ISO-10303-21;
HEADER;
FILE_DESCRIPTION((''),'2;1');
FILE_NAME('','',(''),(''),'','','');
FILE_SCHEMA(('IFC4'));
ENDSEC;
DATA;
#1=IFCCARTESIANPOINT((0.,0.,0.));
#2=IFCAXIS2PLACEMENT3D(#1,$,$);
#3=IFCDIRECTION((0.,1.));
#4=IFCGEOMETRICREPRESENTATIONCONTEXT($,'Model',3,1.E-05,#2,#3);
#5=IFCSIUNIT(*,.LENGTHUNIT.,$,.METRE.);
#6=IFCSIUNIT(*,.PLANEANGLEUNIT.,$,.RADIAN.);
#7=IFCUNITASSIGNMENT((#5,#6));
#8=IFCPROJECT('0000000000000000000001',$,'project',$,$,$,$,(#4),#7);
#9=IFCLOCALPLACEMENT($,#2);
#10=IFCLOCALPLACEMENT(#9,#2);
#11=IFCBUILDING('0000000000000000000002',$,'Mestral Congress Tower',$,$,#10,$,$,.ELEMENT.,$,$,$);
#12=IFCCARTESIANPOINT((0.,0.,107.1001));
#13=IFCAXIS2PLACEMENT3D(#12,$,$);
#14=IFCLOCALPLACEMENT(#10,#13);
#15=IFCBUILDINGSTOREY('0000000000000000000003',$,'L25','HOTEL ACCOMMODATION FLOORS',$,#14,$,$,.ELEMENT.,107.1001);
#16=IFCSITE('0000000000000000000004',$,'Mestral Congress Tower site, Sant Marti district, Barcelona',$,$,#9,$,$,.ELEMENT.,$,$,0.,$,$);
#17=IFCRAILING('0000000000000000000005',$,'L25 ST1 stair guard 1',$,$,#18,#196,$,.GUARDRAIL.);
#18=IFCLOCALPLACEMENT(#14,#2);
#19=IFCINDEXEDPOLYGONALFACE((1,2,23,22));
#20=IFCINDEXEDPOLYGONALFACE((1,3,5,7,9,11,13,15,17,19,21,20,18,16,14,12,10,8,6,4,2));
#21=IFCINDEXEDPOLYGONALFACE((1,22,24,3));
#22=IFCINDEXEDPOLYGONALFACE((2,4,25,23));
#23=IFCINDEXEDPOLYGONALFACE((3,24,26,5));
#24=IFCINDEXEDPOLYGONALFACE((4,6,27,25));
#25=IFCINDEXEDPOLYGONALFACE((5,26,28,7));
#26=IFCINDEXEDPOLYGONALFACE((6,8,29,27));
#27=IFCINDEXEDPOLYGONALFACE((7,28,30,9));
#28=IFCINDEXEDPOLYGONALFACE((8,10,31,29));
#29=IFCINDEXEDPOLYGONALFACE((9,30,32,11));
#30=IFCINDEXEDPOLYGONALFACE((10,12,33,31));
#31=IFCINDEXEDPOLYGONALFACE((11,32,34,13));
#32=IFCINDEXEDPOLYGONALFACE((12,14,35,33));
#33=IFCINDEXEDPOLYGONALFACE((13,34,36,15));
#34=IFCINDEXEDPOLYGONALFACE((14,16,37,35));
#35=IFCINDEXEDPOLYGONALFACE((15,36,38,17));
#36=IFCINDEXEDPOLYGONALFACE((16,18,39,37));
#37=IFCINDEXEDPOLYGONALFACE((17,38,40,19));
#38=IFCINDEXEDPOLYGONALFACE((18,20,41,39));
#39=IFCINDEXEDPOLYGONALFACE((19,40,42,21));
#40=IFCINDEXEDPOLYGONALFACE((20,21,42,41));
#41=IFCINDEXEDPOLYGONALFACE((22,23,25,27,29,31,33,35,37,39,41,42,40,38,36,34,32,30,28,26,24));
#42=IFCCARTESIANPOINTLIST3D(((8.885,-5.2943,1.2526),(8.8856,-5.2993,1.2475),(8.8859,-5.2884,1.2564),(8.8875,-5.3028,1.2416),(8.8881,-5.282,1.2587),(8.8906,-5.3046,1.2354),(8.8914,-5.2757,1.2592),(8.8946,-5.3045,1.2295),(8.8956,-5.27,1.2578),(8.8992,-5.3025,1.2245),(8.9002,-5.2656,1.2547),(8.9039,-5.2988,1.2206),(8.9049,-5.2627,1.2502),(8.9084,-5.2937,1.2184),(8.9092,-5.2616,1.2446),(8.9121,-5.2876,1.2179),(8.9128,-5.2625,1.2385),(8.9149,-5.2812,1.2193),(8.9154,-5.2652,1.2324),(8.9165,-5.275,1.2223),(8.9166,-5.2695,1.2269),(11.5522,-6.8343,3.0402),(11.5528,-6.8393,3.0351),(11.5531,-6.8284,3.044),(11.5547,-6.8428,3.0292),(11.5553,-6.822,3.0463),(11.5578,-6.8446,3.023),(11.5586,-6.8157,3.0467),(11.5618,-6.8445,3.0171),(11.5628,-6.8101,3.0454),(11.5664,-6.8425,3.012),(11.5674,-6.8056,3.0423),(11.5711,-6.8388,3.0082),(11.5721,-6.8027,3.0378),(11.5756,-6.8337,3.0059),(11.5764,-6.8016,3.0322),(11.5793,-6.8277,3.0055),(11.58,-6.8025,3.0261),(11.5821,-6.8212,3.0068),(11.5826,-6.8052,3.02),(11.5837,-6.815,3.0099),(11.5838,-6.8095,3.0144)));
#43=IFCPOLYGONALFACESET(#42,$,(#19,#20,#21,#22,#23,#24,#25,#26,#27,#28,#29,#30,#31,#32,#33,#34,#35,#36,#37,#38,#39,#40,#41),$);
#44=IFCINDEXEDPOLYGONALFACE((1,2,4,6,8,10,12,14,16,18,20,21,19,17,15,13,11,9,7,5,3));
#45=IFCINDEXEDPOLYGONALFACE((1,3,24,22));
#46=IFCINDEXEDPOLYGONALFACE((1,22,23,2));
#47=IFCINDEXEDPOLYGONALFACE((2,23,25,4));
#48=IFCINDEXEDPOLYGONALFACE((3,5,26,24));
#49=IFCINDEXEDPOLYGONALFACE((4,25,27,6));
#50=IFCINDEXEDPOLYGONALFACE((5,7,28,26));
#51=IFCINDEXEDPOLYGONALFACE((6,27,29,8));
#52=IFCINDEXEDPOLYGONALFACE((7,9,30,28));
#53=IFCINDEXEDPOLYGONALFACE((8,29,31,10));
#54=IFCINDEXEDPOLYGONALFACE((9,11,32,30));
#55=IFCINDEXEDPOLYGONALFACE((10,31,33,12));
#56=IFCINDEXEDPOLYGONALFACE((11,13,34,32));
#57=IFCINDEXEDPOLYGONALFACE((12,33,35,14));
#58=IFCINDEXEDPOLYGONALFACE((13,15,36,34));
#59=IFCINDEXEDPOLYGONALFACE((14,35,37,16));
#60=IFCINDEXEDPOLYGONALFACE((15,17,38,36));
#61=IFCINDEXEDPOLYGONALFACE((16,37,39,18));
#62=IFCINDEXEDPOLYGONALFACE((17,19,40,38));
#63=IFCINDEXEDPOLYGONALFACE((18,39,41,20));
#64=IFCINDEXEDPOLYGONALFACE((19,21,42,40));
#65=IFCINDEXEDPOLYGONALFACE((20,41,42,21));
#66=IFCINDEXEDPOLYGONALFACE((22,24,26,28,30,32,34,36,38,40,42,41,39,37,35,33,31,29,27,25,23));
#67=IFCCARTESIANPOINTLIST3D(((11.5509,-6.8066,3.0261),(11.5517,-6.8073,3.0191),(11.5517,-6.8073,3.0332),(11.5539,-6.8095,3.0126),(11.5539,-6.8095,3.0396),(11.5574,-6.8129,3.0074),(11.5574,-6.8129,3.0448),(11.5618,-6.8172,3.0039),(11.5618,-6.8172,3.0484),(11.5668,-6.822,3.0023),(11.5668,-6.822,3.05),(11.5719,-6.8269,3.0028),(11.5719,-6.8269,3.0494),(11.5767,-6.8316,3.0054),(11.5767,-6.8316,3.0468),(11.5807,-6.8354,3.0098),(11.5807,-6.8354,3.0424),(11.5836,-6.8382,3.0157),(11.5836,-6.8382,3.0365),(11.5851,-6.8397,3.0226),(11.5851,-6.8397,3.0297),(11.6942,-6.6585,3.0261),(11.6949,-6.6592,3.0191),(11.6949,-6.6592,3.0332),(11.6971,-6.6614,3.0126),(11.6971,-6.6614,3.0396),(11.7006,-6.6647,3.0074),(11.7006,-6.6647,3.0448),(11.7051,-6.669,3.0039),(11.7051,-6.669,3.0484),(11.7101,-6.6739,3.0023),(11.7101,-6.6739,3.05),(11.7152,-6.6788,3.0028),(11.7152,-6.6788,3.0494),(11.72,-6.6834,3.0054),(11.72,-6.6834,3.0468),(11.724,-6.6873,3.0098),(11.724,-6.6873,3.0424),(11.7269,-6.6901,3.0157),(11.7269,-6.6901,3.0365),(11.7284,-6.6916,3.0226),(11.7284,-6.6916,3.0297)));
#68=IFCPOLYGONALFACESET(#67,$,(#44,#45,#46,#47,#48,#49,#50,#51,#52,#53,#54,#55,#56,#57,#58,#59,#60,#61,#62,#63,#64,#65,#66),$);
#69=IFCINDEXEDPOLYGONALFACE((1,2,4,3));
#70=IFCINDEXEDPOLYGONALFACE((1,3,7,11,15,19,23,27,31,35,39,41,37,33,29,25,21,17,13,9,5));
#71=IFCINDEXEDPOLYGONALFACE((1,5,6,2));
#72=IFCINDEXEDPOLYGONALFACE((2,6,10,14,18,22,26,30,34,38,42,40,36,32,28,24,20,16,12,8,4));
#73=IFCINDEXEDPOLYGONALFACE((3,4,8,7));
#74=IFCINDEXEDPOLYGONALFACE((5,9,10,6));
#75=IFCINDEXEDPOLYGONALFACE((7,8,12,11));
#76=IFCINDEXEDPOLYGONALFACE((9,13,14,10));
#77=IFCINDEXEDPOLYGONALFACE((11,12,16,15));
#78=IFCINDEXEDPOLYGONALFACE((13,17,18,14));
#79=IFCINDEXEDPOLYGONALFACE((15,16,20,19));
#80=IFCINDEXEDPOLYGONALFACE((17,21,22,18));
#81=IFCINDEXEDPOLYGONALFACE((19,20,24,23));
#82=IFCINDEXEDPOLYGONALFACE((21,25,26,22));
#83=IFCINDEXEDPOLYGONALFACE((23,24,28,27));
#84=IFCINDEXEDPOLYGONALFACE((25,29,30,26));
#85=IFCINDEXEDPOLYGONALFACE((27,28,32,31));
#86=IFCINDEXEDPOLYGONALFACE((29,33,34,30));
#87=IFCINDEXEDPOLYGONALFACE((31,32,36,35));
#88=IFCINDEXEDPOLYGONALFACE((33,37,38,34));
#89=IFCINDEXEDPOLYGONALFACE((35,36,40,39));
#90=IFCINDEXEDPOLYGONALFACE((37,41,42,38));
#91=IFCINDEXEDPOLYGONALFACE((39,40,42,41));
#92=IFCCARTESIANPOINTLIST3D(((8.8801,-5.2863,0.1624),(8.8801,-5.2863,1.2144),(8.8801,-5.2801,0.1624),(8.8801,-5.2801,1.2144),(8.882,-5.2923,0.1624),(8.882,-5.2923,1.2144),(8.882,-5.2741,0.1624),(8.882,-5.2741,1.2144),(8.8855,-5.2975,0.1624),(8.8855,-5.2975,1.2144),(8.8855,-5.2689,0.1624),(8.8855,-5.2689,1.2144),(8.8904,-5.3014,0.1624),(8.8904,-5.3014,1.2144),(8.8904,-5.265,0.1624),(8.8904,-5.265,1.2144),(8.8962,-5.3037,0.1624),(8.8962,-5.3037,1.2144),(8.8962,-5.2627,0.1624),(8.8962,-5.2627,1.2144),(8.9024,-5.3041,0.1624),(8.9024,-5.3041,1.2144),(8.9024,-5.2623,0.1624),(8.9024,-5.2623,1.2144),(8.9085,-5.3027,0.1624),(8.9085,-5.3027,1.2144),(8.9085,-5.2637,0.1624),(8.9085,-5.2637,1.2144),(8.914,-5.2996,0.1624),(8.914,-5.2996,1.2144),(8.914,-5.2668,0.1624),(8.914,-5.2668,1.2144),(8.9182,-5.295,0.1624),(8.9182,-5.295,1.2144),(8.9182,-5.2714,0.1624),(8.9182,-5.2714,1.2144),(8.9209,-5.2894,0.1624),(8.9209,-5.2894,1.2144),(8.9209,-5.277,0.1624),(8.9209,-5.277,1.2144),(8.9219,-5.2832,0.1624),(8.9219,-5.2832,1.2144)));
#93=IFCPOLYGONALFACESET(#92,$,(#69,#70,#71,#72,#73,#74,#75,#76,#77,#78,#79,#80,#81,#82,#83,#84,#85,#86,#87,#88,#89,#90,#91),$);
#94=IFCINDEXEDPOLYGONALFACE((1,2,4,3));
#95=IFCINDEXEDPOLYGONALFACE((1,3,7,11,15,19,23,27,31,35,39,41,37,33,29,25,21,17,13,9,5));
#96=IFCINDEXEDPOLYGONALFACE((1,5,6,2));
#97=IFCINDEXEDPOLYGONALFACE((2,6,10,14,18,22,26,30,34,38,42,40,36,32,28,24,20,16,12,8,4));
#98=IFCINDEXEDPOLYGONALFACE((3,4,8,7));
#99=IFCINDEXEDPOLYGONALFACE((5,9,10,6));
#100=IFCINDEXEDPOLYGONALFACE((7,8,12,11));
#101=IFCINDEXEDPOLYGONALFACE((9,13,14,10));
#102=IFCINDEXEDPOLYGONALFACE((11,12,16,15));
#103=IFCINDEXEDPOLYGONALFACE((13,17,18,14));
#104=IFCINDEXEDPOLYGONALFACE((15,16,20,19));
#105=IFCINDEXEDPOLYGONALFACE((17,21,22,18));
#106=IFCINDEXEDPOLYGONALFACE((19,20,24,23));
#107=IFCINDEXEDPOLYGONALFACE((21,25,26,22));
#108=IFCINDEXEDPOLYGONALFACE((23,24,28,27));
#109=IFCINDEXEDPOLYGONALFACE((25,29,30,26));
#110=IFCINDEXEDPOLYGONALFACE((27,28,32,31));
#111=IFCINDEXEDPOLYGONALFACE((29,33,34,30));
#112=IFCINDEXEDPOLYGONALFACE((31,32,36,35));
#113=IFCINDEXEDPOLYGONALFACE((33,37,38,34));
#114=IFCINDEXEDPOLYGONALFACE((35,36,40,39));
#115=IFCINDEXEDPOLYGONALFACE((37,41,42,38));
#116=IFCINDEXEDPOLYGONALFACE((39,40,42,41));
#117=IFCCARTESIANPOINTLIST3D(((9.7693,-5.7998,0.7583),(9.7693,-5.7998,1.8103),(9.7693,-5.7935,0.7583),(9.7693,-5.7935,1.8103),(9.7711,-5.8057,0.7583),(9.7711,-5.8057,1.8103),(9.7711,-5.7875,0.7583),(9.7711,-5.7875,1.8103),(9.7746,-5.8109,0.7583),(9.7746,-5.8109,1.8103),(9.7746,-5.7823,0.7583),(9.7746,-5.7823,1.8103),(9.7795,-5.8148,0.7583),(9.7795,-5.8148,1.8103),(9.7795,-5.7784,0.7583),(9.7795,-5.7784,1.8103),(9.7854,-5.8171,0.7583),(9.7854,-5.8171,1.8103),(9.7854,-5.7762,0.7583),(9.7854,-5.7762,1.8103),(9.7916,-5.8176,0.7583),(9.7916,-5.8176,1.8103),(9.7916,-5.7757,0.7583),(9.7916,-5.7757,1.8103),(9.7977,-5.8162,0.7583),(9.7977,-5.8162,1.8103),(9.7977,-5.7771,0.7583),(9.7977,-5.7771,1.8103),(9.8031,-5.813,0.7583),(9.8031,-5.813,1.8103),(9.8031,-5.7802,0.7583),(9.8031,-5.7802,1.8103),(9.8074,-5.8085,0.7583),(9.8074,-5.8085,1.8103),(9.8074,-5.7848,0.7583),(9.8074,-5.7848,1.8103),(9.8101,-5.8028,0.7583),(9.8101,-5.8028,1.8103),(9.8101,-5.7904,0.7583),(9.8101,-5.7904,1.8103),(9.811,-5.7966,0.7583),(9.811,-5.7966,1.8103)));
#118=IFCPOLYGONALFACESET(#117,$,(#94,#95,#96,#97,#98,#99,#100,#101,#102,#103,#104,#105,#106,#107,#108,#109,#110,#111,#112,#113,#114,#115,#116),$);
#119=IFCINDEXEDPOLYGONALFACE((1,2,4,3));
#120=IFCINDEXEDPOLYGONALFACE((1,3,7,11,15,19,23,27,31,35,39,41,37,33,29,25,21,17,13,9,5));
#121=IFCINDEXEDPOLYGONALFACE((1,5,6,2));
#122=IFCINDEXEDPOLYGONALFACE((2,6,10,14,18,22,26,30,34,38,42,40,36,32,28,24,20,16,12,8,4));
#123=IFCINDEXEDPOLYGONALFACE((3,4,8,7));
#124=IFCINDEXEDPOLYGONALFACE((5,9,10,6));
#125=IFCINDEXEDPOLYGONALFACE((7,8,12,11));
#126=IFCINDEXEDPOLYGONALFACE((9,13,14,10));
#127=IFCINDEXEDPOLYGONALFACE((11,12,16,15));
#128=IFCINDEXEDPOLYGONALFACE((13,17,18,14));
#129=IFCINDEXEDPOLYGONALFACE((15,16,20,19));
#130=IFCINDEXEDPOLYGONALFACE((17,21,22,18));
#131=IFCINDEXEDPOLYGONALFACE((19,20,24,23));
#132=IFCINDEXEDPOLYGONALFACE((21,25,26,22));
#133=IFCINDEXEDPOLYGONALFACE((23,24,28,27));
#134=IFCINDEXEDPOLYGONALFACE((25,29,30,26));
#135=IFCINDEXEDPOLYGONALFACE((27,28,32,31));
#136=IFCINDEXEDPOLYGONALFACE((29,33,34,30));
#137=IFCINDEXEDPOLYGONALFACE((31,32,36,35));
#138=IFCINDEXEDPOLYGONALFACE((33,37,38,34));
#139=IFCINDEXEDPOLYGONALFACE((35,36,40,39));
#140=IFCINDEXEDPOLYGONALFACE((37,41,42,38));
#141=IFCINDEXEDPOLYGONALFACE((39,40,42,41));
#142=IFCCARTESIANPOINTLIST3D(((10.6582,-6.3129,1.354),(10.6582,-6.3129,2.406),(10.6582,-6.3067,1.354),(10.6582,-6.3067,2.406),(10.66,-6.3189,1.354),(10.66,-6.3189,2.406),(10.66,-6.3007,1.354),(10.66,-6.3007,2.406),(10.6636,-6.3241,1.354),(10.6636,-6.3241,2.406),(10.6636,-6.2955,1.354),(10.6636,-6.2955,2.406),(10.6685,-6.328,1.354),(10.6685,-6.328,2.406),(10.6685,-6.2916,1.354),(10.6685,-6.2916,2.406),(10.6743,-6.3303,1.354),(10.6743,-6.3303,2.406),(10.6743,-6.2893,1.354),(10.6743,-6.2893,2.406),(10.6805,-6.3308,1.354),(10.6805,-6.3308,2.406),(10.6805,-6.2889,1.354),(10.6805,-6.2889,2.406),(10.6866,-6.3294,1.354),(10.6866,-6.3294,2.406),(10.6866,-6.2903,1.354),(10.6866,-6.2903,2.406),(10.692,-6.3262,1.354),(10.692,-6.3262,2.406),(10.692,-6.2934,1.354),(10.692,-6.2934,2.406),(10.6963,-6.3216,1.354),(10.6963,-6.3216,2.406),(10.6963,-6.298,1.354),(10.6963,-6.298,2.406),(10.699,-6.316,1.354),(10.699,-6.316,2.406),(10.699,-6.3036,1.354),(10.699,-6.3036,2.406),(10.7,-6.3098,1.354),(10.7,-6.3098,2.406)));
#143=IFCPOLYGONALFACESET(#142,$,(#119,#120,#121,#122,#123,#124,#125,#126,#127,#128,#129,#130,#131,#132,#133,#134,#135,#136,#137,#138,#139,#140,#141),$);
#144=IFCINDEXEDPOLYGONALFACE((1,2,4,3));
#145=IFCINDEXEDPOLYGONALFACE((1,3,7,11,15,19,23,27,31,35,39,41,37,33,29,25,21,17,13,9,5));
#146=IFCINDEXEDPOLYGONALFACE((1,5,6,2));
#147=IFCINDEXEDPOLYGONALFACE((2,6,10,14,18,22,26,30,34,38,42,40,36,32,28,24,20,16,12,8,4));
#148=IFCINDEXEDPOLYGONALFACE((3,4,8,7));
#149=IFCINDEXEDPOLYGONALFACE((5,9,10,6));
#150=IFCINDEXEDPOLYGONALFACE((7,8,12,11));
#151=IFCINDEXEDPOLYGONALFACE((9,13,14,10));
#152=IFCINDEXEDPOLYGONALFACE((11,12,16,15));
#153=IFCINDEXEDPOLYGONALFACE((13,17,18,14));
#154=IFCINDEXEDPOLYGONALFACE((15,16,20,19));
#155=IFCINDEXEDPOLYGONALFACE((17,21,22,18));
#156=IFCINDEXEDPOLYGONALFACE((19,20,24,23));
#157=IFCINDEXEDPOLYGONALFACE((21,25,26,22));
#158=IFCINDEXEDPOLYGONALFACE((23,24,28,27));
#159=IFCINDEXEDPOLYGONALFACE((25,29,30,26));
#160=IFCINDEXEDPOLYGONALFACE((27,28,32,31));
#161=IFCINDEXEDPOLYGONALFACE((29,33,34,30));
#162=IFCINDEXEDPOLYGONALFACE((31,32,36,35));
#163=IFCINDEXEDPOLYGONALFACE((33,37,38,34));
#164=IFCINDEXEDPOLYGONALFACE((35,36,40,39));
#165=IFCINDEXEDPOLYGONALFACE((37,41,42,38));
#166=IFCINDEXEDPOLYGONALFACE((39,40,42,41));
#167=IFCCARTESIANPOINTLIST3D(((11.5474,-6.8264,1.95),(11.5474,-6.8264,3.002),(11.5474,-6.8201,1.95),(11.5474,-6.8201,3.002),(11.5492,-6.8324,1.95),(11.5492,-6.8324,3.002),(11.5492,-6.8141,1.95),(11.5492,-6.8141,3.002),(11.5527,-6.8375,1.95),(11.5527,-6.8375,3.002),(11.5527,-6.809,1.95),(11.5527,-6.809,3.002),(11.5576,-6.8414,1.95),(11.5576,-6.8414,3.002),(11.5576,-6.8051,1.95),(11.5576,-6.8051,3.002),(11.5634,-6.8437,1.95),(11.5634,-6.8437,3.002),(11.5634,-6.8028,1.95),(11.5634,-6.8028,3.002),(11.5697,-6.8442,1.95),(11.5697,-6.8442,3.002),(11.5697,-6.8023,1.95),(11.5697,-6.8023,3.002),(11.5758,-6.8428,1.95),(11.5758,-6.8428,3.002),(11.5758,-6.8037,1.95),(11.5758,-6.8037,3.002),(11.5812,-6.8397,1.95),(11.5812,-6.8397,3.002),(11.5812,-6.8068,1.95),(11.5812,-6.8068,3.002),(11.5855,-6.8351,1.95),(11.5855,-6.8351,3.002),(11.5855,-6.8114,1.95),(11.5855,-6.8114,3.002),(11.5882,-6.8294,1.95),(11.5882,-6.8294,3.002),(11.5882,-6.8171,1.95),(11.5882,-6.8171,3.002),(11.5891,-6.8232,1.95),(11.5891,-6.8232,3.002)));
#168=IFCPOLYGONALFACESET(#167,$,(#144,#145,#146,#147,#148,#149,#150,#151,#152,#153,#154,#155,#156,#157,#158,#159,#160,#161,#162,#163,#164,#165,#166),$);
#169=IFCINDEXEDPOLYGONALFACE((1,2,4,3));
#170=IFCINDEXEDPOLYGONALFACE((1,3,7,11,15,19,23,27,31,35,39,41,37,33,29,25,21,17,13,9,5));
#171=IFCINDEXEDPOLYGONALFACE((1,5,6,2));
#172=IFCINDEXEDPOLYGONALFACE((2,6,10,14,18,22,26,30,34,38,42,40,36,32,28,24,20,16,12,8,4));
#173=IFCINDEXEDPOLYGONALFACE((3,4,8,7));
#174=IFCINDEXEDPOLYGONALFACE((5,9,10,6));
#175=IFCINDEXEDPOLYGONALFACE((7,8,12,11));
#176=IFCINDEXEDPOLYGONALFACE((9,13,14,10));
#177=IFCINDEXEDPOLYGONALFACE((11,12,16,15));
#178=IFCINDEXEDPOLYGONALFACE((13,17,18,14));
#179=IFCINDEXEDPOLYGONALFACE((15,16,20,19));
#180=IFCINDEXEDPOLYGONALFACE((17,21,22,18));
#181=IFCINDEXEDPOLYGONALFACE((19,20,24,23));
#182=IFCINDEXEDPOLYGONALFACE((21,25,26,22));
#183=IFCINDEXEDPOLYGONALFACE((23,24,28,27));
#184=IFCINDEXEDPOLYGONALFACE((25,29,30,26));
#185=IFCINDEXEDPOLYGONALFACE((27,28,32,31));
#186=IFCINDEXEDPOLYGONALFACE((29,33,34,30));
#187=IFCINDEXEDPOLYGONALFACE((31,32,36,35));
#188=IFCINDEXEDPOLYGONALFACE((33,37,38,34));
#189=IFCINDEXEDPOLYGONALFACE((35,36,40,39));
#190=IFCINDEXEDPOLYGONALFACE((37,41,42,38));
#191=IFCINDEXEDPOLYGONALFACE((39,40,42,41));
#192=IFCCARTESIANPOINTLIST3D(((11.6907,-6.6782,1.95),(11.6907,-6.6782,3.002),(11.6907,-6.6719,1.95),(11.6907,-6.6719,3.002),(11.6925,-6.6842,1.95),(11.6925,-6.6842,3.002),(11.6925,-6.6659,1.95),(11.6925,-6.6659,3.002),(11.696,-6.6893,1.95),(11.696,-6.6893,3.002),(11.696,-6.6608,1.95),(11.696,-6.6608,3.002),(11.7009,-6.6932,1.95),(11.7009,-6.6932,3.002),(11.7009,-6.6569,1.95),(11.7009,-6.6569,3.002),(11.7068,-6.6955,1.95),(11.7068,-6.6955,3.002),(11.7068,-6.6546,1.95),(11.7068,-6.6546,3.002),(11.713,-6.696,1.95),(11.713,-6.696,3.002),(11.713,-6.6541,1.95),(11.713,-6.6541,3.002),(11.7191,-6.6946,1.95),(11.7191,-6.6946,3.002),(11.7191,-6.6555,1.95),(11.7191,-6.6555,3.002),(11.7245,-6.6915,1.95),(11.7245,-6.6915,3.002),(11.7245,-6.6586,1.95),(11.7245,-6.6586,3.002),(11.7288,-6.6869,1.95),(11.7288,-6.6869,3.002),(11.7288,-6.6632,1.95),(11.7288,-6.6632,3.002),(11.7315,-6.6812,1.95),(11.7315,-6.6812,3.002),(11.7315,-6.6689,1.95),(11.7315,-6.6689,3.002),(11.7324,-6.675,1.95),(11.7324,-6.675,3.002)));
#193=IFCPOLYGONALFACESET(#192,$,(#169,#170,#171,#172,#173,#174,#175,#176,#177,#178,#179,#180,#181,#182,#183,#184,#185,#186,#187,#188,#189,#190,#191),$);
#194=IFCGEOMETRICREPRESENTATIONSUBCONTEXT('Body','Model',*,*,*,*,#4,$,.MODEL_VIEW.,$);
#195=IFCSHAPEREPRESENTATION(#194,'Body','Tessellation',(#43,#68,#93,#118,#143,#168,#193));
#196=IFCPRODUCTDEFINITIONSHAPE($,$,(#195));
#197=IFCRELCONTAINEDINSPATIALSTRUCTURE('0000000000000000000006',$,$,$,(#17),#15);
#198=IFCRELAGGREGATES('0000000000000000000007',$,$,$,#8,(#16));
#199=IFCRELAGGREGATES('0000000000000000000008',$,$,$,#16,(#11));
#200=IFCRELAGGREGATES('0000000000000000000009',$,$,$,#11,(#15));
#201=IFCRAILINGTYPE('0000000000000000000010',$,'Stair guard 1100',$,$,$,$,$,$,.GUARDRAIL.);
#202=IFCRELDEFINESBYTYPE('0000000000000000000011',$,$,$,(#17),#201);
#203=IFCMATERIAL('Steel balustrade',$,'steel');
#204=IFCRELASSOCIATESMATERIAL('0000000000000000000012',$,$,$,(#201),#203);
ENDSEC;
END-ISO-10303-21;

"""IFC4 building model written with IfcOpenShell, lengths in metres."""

from ifc_helpers import new_model, si_unit, direction, frame, origin, origin_2d, place, context, subcontext, project, spatial, circle, extrude, material, type_object, element, save


model = new_model("IFC4")

# Units and contexts
model_context = context("Model", 3, precision=1e-05, world=origin(), true_north=direction((0.0, 1.0)))
body_context = subcontext(model_context, "Body", "Model", "MODEL_VIEW")
ifc_project = project(units=[si_unit("LENGTHUNIT", "METRE"), si_unit("PLANEANGLEUNIT", "RADIAN")], contexts=[model_context])

# Site, building, storey
site_placement = place(None, origin())
site = spatial("IfcSite", under=ifc_project, at=site_placement, Name="Mestral Congress Tower site, Sant Marti district, Barcelona", CompositionType="ELEMENT", RefElevation=0.0)
building_placement = place(site_placement, origin())
building = spatial("IfcBuilding", under=site, at=building_placement, Name="Mestral Congress Tower", CompositionType="ELEMENT")
storey_placement = place(building_placement, frame((0.0, 0.0, 107.1001)))
storey = spatial("IfcBuildingStorey", under=building, at=storey_placement, Name="L25", Description="HOTEL ACCOMMODATION FLOORS", CompositionType="ELEMENT", Elevation=107.1001)

# Railing
ifc_material_1 = material(Name="Steel balustrade", Category="steel")
railing_type_1 = type_object("IfcRailingType", Name="Stair guard 1100", PredefinedType="GUARDRAIL", material=ifc_material_1)
railing_1_placement = place(storey_placement, frame((8.9009, -5.2832, 0.1624)))
element("IfcRailing", 1, at=railing_1_placement, inside=storey, type_object=railing_type_1, Name="L25 ST1 stair guard 1", PredefinedType="GUARDRAIL", context=body_context, shape_type="SweptSolid", body=[
    extrude(circle(Radius=0.0239, at=origin_2d()), frame((0.0, 0.0, 1.0762), z_axis=(0.748994, -0.432463, 0.50198), x_axis=(0.500027, 0.86601, 0.0)), (0.0, 0.0, 1.0), 3.561),
    extrude(circle(Radius=0.0239, at=origin_2d()), frame((2.6672, -1.54, 2.8638), z_axis=(0.695165, 0.71885, 0.0), x_axis=(-0.71885, 0.695165, 0.0)), (0.0, 0.0, 1.0), 0.2061),
    extrude(circle(Radius=0.021, at=origin_2d()), origin(), (0.0, 0.0, 1.0), 1.052),
    extrude(circle(Radius=0.021, at=origin_2d()), frame((0.8892, -0.5134, 0.5959)), (0.0, 0.0, 1.0), 1.052),
    extrude(circle(Radius=0.021, at=origin_2d()), frame((1.7781, -1.0266, 1.1917)), (0.0, 0.0, 1.0), 1.052),
    extrude(circle(Radius=0.021, at=origin_2d()), frame((2.6672, -1.54, 1.7876)), (0.0, 0.0, 1.0), 1.052),
    extrude(circle(Radius=0.021, at=origin_2d()), frame((2.8105, -1.3918, 1.7876)), (0.0, 0.0, 1.0), 1.052),
])

save(model, "model.ifc")
